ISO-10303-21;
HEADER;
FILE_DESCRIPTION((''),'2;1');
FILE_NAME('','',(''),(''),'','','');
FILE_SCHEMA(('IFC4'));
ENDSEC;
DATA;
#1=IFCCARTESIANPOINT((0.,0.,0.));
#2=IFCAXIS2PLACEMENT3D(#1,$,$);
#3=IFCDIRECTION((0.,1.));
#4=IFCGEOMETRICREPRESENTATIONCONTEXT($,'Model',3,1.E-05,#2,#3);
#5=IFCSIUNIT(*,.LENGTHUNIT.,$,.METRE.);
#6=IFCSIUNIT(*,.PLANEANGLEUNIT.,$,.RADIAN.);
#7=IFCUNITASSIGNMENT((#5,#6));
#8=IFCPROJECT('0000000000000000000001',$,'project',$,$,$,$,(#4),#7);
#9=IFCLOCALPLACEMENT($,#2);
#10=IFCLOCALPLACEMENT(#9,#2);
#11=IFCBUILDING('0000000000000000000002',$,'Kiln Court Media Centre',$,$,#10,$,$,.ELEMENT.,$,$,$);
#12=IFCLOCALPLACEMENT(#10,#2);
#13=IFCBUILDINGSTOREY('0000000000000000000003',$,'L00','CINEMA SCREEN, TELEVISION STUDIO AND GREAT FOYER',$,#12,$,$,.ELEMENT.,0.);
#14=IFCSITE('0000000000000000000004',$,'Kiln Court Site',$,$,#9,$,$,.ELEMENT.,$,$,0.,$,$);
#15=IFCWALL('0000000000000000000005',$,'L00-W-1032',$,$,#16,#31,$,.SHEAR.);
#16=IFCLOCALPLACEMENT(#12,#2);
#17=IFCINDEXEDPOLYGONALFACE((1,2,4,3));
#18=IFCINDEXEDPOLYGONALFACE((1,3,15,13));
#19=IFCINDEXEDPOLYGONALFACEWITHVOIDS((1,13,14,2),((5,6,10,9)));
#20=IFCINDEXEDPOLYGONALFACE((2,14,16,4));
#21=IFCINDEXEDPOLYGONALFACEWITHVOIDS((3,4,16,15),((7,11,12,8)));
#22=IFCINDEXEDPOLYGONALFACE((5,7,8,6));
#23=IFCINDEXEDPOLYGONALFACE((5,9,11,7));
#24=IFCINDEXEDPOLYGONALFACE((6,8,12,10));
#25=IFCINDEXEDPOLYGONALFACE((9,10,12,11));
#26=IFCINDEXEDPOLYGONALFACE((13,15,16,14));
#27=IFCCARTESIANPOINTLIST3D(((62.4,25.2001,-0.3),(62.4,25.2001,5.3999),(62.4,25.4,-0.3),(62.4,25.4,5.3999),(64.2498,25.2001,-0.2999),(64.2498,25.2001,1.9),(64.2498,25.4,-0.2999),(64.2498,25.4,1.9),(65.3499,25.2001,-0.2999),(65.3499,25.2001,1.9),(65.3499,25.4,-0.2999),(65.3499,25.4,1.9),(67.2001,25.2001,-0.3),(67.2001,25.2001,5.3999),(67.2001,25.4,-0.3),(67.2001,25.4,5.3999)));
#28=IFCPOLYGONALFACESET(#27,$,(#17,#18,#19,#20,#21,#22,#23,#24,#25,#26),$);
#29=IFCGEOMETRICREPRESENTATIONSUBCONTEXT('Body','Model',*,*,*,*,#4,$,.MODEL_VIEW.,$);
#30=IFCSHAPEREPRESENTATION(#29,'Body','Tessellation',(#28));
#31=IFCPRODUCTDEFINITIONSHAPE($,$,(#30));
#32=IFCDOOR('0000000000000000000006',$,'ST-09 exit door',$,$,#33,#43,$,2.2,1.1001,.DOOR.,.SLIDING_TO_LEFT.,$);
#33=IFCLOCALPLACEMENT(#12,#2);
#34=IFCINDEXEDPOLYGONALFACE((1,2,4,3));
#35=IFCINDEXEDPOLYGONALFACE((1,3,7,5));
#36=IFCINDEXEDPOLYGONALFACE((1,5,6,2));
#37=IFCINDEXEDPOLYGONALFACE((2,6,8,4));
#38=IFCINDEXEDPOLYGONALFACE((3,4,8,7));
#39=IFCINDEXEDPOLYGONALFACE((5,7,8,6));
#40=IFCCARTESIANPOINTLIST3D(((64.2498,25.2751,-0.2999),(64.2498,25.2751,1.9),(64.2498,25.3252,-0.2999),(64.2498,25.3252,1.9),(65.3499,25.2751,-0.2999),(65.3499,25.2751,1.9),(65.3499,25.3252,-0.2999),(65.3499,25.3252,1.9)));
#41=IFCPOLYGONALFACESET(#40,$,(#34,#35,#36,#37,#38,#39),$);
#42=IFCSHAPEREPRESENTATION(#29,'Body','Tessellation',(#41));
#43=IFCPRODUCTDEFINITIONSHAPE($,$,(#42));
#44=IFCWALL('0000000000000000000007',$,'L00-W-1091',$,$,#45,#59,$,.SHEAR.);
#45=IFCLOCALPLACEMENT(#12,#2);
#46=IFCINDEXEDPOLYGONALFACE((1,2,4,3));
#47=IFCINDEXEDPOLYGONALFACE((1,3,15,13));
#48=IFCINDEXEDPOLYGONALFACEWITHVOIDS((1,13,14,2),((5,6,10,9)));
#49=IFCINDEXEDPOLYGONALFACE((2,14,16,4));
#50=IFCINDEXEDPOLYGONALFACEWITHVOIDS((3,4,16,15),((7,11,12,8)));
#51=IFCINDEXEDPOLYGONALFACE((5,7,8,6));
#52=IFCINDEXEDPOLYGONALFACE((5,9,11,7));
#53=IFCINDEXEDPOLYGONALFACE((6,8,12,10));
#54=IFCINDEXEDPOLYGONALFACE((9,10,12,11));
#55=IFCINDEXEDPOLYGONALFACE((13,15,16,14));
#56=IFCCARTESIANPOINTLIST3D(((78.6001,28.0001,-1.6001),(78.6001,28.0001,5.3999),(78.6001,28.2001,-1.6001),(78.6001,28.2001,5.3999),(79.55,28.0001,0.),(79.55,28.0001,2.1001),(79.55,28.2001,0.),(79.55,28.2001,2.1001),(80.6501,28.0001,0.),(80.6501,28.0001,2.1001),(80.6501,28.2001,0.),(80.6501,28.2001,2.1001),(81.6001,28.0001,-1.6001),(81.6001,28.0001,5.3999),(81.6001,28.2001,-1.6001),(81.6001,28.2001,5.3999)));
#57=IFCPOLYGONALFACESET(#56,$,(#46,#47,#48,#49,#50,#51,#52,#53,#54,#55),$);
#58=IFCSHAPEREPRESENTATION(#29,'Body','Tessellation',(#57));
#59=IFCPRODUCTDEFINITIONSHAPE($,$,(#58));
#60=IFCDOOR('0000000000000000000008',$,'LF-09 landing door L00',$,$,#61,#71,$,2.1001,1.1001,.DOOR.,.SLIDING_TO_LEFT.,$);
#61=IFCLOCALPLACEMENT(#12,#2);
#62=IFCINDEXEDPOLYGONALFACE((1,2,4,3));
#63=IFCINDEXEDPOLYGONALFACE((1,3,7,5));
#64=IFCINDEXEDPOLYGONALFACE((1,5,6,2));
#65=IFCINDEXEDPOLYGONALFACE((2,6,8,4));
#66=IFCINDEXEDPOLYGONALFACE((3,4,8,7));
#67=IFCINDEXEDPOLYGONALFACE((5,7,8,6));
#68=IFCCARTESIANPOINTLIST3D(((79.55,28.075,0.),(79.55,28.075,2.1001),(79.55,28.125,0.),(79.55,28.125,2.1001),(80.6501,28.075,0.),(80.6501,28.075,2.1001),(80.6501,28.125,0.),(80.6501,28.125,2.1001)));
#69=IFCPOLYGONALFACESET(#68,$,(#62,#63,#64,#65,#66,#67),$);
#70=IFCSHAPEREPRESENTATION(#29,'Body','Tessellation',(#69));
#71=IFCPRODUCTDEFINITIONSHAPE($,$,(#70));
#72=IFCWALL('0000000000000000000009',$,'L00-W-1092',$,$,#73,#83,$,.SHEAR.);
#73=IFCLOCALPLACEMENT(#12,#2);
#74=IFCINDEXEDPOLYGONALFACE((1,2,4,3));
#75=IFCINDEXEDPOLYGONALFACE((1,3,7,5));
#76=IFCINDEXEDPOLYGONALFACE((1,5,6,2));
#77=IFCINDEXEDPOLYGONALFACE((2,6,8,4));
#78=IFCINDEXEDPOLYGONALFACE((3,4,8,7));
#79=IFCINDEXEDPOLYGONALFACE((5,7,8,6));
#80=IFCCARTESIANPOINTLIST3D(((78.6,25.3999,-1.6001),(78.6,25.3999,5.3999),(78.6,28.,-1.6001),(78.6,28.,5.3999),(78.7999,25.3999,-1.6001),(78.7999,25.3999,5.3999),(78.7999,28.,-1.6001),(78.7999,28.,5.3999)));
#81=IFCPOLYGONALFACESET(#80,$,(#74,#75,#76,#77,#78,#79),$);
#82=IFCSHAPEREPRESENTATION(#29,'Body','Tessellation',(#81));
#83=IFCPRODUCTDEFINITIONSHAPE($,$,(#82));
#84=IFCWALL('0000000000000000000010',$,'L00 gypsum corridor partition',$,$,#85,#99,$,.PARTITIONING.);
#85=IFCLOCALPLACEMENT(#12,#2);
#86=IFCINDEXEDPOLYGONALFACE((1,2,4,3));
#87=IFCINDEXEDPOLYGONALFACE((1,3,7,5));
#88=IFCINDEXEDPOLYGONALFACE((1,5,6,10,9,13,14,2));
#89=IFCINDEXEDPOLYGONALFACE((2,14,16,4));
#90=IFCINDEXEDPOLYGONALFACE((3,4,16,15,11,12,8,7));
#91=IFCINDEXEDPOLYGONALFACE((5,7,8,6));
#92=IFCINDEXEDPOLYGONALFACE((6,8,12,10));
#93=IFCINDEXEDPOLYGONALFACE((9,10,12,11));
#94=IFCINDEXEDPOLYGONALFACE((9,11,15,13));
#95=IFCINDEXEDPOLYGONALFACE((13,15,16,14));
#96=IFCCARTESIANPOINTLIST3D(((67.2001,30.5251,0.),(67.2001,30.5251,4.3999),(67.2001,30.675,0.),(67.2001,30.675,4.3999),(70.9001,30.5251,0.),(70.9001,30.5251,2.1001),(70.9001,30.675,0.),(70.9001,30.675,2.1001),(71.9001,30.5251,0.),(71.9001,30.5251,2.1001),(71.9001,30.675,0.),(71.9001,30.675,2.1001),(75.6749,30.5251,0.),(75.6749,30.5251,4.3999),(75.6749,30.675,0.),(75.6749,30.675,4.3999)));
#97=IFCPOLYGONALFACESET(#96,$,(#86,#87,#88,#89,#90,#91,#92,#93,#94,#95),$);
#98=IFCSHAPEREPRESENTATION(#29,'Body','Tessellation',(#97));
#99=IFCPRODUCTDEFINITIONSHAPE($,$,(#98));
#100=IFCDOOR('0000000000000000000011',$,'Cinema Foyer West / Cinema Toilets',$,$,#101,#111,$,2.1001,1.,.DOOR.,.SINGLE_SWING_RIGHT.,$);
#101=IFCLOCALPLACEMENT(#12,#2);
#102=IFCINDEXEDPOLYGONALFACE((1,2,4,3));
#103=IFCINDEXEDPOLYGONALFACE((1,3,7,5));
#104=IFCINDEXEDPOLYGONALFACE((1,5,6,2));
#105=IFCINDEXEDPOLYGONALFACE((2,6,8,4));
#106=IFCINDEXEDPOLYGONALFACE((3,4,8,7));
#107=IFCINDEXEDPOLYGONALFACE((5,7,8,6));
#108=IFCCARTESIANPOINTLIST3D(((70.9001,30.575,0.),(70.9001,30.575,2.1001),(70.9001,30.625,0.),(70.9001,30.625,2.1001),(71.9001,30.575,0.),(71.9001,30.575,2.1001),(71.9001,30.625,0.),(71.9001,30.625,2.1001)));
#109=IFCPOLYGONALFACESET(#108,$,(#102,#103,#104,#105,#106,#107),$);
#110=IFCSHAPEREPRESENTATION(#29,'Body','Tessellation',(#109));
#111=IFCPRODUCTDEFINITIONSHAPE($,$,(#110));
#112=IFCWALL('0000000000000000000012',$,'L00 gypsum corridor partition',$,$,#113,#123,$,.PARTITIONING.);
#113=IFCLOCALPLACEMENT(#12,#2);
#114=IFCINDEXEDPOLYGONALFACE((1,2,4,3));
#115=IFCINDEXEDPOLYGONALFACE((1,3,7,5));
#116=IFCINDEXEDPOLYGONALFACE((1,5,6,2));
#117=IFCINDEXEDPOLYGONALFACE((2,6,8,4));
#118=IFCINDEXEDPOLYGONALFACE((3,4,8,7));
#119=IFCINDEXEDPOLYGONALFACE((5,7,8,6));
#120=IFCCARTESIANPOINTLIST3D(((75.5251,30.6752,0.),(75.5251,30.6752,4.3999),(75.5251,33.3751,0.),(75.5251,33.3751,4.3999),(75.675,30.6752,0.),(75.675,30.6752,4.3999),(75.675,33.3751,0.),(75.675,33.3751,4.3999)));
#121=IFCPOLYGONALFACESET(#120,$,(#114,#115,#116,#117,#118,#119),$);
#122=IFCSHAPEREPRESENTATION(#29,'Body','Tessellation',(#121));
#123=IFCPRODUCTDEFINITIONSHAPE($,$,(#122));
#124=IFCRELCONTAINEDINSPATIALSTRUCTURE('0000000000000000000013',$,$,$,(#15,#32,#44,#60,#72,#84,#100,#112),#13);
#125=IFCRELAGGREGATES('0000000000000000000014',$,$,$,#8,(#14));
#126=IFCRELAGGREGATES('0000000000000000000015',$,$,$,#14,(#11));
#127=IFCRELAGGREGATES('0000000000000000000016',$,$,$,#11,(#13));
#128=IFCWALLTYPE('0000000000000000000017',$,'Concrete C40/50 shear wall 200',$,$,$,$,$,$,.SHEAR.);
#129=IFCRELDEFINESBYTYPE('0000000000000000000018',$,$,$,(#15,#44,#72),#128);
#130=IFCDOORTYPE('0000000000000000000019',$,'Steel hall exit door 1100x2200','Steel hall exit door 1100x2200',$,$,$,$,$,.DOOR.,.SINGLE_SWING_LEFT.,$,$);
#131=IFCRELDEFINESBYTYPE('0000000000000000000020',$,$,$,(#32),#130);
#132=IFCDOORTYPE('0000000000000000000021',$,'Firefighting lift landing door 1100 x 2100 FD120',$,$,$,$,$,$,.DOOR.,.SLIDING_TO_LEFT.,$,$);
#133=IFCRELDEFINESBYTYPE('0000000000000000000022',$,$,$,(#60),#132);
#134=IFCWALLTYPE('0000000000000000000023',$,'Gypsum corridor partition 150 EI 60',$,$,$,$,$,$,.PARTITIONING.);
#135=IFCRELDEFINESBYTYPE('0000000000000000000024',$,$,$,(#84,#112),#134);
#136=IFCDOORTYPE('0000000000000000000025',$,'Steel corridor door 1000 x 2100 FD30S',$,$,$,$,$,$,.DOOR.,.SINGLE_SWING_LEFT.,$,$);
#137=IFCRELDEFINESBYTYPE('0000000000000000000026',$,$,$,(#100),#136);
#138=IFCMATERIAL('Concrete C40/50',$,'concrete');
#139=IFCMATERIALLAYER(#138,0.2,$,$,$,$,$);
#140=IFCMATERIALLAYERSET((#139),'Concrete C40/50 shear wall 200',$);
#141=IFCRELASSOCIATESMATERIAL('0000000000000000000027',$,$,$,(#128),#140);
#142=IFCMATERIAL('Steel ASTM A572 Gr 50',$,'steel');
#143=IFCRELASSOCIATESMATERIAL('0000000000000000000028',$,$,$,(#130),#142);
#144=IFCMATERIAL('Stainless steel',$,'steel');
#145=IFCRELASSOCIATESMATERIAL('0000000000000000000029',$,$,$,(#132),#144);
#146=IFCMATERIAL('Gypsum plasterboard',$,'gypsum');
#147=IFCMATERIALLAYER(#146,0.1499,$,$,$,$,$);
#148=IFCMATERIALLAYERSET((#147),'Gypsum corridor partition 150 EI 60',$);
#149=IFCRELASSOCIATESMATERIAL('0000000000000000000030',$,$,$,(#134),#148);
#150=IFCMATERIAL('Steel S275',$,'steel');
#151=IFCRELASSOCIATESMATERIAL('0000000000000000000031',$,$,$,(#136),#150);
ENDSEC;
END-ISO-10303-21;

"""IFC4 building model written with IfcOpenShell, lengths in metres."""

from ifc_helpers import new_model, si_unit, direction, frame, frame_2d, origin, place, context, subcontext, project, spatial, rectangle, extrude, material, layer, layer_set, type_object, element, fill, save


model = new_model("IFC4")

# Units and contexts
model_context = context("Model", 3, precision=1e-05, world=origin(), true_north=direction((0.0, 1.0)))
body_context = subcontext(model_context, "Body", "Model", "MODEL_VIEW")
ifc_project = project(units=[si_unit("LENGTHUNIT", "METRE"), si_unit("PLANEANGLEUNIT", "RADIAN")], contexts=[model_context])

# Site, building, storey
site_placement = place(None, origin())
site = spatial("IfcSite", under=ifc_project, at=site_placement, Name="Kiln Court Site", CompositionType="ELEMENT", RefElevation=0.0)
building_placement = place(site_placement, origin())
building = spatial("IfcBuilding", under=site, at=building_placement, Name="Kiln Court Media Centre", CompositionType="ELEMENT")
storey_placement = place(building_placement, origin())
storey = spatial("IfcBuildingStorey", under=building, at=storey_placement, Name="L00", Description="CINEMA SCREEN, TELEVISION STUDIO AND GREAT FOYER", CompositionType="ELEMENT", Elevation=0.0)

# Walls, openings, doors
ifc_material_1 = material(Name="Concrete C40/50", Category="concrete")
ifc_layer_1 = layer(ifc_material_1, 0.2)
ifc_layer_set_1 = layer_set([ifc_layer_1], Name="Concrete C40/50 shear wall 200")
wall_type_1 = type_object("IfcWallType", Name="Concrete C40/50 shear wall 200", PredefinedType="SHEAR", material=ifc_layer_set_1)
wall_1_placement = place(storey_placement, frame((67.2, 25.3, -0.3), z_axis=(0.0, 0.0, 1.0), x_axis=(-1.0, 0.0, 0.0)))
wall_1 = element("IfcWall", 1, at=wall_1_placement, inside=storey, type_object=wall_type_1, Name="L00-W-1032", PredefinedType="SHEAR", context=body_context, shape_type="SweptSolid", body=[
    extrude(rectangle(XDim=4.8, YDim=0.2, at=frame_2d((2.3999, 0.0))), origin(), (0.0, 0.0, 1.0), 5.7),
])
opening_1_placement = place(wall_1_placement, frame((1.8501, 0.0, 0.0)))
opening_1 = element("IfcOpeningElement", 2, at=opening_1_placement, cuts=wall_1, PredefinedType="OPENING", context=body_context, shape_type="SweptSolid", body=[
    extrude(rectangle(XDim=1.1001, YDim=2.2, at=frame_2d((0.55, 1.1001))), frame((0.0, 0.1099, 0.0), z_axis=(0.0, -1.0, 0.0), x_axis=(1.0, 0.0, 0.0)), (0.0, 0.0, 1.0), 0.22),
])
ifc_material_2 = material(Name="Steel ASTM A572 Gr 50", Category="steel")
door_type_1 = type_object("IfcDoorType", Name="Steel hall exit door 1100x2200", Description="Steel hall exit door 1100x2200", OperationType="SINGLE_SWING_LEFT", PredefinedType="DOOR", material=ifc_material_2)
door_1_placement = place(opening_1_placement, origin())
door_1 = element("IfcDoor", 3, at=door_1_placement, inside=storey, type_object=door_type_1, Name="ST-09 exit door", OperationType="SLIDING_TO_LEFT", OverallHeight=2.2, OverallWidth=1.1001, PredefinedType="DOOR", context=body_context, shape_type="SweptSolid", body=[
    extrude(rectangle(XDim=1.1001, YDim=2.2, at=frame_2d((0.55, 1.1001))), frame((0.0, 0.0249, 0.0), z_axis=(0.0, -1.0, 0.0), x_axis=(1.0, 0.0, 0.0)), (0.0, 0.0, 1.0), 0.05),
])
fill(opening_1, door_1)
wall_2_placement = place(storey_placement, frame((78.6001, 28.1001, -1.6001), z_axis=(0.0, 0.0, 1.0), x_axis=(1.0, 0.0, 0.0)))
wall_2 = element("IfcWall", 4, at=wall_2_placement, inside=storey, type_object=wall_type_1, Name="L00-W-1091", PredefinedType="SHEAR", context=body_context, shape_type="SweptSolid", body=[
    extrude(rectangle(XDim=3.0, YDim=0.2, at=frame_2d((1.5, 0.0))), origin(), (0.0, 0.0, 1.0), 7.0),
])
opening_2_placement = place(wall_2_placement, frame((0.95, 0.0, 1.6001)))
opening_2 = element("IfcOpeningElement", 5, at=opening_2_placement, cuts=wall_2, PredefinedType="OPENING", context=body_context, shape_type="SweptSolid", body=[
    extrude(rectangle(XDim=1.1001, YDim=2.1001, at=frame_2d((0.55, 1.05))), frame((0.0, 0.1099, 0.0), z_axis=(0.0, -1.0, 0.0), x_axis=(1.0, 0.0, 0.0)), (0.0, 0.0, 1.0), 0.22),
])
ifc_material_3 = material(Name="Stainless steel", Category="steel")
door_type_2 = type_object("IfcDoorType", Name="Firefighting lift landing door 1100 x 2100 FD120", OperationType="SLIDING_TO_LEFT", PredefinedType="DOOR", material=ifc_material_3)
door_2_placement = place(opening_2_placement, origin())
door_2 = element("IfcDoor", 6, at=door_2_placement, inside=storey, type_object=door_type_2, Name="LF-09 landing door L00", OperationType="SLIDING_TO_LEFT", OverallHeight=2.1001, OverallWidth=1.1001, PredefinedType="DOOR", context=body_context, shape_type="SweptSolid", body=[
    extrude(rectangle(XDim=1.1001, YDim=2.1001, at=frame_2d((0.55, 1.05))), frame((0.0, 0.0249, 0.0), z_axis=(0.0, -1.0, 0.0), x_axis=(1.0, 0.0, 0.0)), (0.0, 0.0, 1.0), 0.05),
])
fill(opening_2, door_2)

# Wall
wall_3_placement = place(storey_placement, frame((78.7, 25.3999, -1.6001), z_axis=(0.0, 0.0, 1.0), x_axis=(0.0, 1.0, 0.0)))
element("IfcWall", 7, at=wall_3_placement, inside=storey, type_object=wall_type_1, Name="L00-W-1092", PredefinedType="SHEAR", context=body_context, shape_type="SweptSolid", body=[
    extrude(rectangle(XDim=2.6001, YDim=0.2, at=frame_2d((1.3, 0.0))), origin(), (0.0, 0.0, 1.0), 7.0),
])

# Wall, opening, door
ifc_material_4 = material(Name="Gypsum plasterboard", Category="gypsum")
ifc_layer_2 = layer(ifc_material_4, 0.1499)
ifc_layer_set_2 = layer_set([ifc_layer_2], Name="Gypsum corridor partition 150 EI 60")
wall_type_2 = type_object("IfcWallType", Name="Gypsum corridor partition 150 EI 60", PredefinedType="PARTITIONING", material=ifc_layer_set_2)
wall_4_placement = place(storey_placement, frame((67.2002, 30.6001, 0.0), z_axis=(0.0, 0.0, 1.0), x_axis=(1.0, 0.0, 0.0)))
wall_4 = element("IfcWall", 8, at=wall_4_placement, inside=storey, type_object=wall_type_2, Name="L00 gypsum corridor partition", PredefinedType="PARTITIONING", context=body_context, shape_type="SweptSolid", body=[
    extrude(rectangle(XDim=8.4749, YDim=0.1499, at=frame_2d((4.2373, 0.0))), origin(), (0.0, 0.0, 1.0), 4.3999),
])
opening_3_placement = place(wall_4_placement, frame((3.7, 0.0, 0.0)))
opening_3 = element("IfcOpeningElement", 9, at=opening_3_placement, cuts=wall_4, PredefinedType="OPENING", context=body_context, shape_type="SweptSolid", body=[
    extrude(rectangle(XDim=1.0, YDim=2.1001, at=frame_2d((0.5, 1.05))), frame((0.0, 0.085, 0.0), z_axis=(0.0, -1.0, 0.0), x_axis=(1.0, 0.0, 0.0)), (0.0, 0.0, 1.0), 0.1699),
])
ifc_material_5 = material(Name="Steel S275", Category="steel")
door_type_3 = type_object("IfcDoorType", Name="Steel corridor door 1000 x 2100 FD30S", OperationType="SINGLE_SWING_LEFT", PredefinedType="DOOR", material=ifc_material_5)
door_3_placement = place(opening_3_placement, origin())
door_3 = element("IfcDoor", 10, at=door_3_placement, inside=storey, type_object=door_type_3, Name="Cinema Foyer West / Cinema Toilets", OperationType="SINGLE_SWING_RIGHT", OverallHeight=2.1001, OverallWidth=1.0, PredefinedType="DOOR", context=body_context, shape_type="SweptSolid", body=[
    extrude(rectangle(XDim=1.0, YDim=2.1001, at=frame_2d((0.5, 1.05))), frame((0.0, 0.0249, 0.0), z_axis=(0.0, -1.0, 0.0), x_axis=(1.0, 0.0, 0.0)), (0.0, 0.0, 1.0), 0.05),
])
fill(opening_3, door_3)

# Wall
wall_5_placement = place(storey_placement, frame((75.6001, 30.675, 0.0), z_axis=(0.0, 0.0, 1.0), x_axis=(0.0, 1.0, 0.0)))
element("IfcWall", 11, at=wall_5_placement, inside=storey, type_object=wall_type_2, Name="L00 gypsum corridor partition", PredefinedType="PARTITIONING", context=body_context, shape_type="SweptSolid", body=[
    extrude(rectangle(XDim=2.7, YDim=0.1499, at=frame_2d((1.3501, 0.0))), origin(), (0.0, 0.0, 1.0), 4.3999),
])

save(model, "model.ifc")
